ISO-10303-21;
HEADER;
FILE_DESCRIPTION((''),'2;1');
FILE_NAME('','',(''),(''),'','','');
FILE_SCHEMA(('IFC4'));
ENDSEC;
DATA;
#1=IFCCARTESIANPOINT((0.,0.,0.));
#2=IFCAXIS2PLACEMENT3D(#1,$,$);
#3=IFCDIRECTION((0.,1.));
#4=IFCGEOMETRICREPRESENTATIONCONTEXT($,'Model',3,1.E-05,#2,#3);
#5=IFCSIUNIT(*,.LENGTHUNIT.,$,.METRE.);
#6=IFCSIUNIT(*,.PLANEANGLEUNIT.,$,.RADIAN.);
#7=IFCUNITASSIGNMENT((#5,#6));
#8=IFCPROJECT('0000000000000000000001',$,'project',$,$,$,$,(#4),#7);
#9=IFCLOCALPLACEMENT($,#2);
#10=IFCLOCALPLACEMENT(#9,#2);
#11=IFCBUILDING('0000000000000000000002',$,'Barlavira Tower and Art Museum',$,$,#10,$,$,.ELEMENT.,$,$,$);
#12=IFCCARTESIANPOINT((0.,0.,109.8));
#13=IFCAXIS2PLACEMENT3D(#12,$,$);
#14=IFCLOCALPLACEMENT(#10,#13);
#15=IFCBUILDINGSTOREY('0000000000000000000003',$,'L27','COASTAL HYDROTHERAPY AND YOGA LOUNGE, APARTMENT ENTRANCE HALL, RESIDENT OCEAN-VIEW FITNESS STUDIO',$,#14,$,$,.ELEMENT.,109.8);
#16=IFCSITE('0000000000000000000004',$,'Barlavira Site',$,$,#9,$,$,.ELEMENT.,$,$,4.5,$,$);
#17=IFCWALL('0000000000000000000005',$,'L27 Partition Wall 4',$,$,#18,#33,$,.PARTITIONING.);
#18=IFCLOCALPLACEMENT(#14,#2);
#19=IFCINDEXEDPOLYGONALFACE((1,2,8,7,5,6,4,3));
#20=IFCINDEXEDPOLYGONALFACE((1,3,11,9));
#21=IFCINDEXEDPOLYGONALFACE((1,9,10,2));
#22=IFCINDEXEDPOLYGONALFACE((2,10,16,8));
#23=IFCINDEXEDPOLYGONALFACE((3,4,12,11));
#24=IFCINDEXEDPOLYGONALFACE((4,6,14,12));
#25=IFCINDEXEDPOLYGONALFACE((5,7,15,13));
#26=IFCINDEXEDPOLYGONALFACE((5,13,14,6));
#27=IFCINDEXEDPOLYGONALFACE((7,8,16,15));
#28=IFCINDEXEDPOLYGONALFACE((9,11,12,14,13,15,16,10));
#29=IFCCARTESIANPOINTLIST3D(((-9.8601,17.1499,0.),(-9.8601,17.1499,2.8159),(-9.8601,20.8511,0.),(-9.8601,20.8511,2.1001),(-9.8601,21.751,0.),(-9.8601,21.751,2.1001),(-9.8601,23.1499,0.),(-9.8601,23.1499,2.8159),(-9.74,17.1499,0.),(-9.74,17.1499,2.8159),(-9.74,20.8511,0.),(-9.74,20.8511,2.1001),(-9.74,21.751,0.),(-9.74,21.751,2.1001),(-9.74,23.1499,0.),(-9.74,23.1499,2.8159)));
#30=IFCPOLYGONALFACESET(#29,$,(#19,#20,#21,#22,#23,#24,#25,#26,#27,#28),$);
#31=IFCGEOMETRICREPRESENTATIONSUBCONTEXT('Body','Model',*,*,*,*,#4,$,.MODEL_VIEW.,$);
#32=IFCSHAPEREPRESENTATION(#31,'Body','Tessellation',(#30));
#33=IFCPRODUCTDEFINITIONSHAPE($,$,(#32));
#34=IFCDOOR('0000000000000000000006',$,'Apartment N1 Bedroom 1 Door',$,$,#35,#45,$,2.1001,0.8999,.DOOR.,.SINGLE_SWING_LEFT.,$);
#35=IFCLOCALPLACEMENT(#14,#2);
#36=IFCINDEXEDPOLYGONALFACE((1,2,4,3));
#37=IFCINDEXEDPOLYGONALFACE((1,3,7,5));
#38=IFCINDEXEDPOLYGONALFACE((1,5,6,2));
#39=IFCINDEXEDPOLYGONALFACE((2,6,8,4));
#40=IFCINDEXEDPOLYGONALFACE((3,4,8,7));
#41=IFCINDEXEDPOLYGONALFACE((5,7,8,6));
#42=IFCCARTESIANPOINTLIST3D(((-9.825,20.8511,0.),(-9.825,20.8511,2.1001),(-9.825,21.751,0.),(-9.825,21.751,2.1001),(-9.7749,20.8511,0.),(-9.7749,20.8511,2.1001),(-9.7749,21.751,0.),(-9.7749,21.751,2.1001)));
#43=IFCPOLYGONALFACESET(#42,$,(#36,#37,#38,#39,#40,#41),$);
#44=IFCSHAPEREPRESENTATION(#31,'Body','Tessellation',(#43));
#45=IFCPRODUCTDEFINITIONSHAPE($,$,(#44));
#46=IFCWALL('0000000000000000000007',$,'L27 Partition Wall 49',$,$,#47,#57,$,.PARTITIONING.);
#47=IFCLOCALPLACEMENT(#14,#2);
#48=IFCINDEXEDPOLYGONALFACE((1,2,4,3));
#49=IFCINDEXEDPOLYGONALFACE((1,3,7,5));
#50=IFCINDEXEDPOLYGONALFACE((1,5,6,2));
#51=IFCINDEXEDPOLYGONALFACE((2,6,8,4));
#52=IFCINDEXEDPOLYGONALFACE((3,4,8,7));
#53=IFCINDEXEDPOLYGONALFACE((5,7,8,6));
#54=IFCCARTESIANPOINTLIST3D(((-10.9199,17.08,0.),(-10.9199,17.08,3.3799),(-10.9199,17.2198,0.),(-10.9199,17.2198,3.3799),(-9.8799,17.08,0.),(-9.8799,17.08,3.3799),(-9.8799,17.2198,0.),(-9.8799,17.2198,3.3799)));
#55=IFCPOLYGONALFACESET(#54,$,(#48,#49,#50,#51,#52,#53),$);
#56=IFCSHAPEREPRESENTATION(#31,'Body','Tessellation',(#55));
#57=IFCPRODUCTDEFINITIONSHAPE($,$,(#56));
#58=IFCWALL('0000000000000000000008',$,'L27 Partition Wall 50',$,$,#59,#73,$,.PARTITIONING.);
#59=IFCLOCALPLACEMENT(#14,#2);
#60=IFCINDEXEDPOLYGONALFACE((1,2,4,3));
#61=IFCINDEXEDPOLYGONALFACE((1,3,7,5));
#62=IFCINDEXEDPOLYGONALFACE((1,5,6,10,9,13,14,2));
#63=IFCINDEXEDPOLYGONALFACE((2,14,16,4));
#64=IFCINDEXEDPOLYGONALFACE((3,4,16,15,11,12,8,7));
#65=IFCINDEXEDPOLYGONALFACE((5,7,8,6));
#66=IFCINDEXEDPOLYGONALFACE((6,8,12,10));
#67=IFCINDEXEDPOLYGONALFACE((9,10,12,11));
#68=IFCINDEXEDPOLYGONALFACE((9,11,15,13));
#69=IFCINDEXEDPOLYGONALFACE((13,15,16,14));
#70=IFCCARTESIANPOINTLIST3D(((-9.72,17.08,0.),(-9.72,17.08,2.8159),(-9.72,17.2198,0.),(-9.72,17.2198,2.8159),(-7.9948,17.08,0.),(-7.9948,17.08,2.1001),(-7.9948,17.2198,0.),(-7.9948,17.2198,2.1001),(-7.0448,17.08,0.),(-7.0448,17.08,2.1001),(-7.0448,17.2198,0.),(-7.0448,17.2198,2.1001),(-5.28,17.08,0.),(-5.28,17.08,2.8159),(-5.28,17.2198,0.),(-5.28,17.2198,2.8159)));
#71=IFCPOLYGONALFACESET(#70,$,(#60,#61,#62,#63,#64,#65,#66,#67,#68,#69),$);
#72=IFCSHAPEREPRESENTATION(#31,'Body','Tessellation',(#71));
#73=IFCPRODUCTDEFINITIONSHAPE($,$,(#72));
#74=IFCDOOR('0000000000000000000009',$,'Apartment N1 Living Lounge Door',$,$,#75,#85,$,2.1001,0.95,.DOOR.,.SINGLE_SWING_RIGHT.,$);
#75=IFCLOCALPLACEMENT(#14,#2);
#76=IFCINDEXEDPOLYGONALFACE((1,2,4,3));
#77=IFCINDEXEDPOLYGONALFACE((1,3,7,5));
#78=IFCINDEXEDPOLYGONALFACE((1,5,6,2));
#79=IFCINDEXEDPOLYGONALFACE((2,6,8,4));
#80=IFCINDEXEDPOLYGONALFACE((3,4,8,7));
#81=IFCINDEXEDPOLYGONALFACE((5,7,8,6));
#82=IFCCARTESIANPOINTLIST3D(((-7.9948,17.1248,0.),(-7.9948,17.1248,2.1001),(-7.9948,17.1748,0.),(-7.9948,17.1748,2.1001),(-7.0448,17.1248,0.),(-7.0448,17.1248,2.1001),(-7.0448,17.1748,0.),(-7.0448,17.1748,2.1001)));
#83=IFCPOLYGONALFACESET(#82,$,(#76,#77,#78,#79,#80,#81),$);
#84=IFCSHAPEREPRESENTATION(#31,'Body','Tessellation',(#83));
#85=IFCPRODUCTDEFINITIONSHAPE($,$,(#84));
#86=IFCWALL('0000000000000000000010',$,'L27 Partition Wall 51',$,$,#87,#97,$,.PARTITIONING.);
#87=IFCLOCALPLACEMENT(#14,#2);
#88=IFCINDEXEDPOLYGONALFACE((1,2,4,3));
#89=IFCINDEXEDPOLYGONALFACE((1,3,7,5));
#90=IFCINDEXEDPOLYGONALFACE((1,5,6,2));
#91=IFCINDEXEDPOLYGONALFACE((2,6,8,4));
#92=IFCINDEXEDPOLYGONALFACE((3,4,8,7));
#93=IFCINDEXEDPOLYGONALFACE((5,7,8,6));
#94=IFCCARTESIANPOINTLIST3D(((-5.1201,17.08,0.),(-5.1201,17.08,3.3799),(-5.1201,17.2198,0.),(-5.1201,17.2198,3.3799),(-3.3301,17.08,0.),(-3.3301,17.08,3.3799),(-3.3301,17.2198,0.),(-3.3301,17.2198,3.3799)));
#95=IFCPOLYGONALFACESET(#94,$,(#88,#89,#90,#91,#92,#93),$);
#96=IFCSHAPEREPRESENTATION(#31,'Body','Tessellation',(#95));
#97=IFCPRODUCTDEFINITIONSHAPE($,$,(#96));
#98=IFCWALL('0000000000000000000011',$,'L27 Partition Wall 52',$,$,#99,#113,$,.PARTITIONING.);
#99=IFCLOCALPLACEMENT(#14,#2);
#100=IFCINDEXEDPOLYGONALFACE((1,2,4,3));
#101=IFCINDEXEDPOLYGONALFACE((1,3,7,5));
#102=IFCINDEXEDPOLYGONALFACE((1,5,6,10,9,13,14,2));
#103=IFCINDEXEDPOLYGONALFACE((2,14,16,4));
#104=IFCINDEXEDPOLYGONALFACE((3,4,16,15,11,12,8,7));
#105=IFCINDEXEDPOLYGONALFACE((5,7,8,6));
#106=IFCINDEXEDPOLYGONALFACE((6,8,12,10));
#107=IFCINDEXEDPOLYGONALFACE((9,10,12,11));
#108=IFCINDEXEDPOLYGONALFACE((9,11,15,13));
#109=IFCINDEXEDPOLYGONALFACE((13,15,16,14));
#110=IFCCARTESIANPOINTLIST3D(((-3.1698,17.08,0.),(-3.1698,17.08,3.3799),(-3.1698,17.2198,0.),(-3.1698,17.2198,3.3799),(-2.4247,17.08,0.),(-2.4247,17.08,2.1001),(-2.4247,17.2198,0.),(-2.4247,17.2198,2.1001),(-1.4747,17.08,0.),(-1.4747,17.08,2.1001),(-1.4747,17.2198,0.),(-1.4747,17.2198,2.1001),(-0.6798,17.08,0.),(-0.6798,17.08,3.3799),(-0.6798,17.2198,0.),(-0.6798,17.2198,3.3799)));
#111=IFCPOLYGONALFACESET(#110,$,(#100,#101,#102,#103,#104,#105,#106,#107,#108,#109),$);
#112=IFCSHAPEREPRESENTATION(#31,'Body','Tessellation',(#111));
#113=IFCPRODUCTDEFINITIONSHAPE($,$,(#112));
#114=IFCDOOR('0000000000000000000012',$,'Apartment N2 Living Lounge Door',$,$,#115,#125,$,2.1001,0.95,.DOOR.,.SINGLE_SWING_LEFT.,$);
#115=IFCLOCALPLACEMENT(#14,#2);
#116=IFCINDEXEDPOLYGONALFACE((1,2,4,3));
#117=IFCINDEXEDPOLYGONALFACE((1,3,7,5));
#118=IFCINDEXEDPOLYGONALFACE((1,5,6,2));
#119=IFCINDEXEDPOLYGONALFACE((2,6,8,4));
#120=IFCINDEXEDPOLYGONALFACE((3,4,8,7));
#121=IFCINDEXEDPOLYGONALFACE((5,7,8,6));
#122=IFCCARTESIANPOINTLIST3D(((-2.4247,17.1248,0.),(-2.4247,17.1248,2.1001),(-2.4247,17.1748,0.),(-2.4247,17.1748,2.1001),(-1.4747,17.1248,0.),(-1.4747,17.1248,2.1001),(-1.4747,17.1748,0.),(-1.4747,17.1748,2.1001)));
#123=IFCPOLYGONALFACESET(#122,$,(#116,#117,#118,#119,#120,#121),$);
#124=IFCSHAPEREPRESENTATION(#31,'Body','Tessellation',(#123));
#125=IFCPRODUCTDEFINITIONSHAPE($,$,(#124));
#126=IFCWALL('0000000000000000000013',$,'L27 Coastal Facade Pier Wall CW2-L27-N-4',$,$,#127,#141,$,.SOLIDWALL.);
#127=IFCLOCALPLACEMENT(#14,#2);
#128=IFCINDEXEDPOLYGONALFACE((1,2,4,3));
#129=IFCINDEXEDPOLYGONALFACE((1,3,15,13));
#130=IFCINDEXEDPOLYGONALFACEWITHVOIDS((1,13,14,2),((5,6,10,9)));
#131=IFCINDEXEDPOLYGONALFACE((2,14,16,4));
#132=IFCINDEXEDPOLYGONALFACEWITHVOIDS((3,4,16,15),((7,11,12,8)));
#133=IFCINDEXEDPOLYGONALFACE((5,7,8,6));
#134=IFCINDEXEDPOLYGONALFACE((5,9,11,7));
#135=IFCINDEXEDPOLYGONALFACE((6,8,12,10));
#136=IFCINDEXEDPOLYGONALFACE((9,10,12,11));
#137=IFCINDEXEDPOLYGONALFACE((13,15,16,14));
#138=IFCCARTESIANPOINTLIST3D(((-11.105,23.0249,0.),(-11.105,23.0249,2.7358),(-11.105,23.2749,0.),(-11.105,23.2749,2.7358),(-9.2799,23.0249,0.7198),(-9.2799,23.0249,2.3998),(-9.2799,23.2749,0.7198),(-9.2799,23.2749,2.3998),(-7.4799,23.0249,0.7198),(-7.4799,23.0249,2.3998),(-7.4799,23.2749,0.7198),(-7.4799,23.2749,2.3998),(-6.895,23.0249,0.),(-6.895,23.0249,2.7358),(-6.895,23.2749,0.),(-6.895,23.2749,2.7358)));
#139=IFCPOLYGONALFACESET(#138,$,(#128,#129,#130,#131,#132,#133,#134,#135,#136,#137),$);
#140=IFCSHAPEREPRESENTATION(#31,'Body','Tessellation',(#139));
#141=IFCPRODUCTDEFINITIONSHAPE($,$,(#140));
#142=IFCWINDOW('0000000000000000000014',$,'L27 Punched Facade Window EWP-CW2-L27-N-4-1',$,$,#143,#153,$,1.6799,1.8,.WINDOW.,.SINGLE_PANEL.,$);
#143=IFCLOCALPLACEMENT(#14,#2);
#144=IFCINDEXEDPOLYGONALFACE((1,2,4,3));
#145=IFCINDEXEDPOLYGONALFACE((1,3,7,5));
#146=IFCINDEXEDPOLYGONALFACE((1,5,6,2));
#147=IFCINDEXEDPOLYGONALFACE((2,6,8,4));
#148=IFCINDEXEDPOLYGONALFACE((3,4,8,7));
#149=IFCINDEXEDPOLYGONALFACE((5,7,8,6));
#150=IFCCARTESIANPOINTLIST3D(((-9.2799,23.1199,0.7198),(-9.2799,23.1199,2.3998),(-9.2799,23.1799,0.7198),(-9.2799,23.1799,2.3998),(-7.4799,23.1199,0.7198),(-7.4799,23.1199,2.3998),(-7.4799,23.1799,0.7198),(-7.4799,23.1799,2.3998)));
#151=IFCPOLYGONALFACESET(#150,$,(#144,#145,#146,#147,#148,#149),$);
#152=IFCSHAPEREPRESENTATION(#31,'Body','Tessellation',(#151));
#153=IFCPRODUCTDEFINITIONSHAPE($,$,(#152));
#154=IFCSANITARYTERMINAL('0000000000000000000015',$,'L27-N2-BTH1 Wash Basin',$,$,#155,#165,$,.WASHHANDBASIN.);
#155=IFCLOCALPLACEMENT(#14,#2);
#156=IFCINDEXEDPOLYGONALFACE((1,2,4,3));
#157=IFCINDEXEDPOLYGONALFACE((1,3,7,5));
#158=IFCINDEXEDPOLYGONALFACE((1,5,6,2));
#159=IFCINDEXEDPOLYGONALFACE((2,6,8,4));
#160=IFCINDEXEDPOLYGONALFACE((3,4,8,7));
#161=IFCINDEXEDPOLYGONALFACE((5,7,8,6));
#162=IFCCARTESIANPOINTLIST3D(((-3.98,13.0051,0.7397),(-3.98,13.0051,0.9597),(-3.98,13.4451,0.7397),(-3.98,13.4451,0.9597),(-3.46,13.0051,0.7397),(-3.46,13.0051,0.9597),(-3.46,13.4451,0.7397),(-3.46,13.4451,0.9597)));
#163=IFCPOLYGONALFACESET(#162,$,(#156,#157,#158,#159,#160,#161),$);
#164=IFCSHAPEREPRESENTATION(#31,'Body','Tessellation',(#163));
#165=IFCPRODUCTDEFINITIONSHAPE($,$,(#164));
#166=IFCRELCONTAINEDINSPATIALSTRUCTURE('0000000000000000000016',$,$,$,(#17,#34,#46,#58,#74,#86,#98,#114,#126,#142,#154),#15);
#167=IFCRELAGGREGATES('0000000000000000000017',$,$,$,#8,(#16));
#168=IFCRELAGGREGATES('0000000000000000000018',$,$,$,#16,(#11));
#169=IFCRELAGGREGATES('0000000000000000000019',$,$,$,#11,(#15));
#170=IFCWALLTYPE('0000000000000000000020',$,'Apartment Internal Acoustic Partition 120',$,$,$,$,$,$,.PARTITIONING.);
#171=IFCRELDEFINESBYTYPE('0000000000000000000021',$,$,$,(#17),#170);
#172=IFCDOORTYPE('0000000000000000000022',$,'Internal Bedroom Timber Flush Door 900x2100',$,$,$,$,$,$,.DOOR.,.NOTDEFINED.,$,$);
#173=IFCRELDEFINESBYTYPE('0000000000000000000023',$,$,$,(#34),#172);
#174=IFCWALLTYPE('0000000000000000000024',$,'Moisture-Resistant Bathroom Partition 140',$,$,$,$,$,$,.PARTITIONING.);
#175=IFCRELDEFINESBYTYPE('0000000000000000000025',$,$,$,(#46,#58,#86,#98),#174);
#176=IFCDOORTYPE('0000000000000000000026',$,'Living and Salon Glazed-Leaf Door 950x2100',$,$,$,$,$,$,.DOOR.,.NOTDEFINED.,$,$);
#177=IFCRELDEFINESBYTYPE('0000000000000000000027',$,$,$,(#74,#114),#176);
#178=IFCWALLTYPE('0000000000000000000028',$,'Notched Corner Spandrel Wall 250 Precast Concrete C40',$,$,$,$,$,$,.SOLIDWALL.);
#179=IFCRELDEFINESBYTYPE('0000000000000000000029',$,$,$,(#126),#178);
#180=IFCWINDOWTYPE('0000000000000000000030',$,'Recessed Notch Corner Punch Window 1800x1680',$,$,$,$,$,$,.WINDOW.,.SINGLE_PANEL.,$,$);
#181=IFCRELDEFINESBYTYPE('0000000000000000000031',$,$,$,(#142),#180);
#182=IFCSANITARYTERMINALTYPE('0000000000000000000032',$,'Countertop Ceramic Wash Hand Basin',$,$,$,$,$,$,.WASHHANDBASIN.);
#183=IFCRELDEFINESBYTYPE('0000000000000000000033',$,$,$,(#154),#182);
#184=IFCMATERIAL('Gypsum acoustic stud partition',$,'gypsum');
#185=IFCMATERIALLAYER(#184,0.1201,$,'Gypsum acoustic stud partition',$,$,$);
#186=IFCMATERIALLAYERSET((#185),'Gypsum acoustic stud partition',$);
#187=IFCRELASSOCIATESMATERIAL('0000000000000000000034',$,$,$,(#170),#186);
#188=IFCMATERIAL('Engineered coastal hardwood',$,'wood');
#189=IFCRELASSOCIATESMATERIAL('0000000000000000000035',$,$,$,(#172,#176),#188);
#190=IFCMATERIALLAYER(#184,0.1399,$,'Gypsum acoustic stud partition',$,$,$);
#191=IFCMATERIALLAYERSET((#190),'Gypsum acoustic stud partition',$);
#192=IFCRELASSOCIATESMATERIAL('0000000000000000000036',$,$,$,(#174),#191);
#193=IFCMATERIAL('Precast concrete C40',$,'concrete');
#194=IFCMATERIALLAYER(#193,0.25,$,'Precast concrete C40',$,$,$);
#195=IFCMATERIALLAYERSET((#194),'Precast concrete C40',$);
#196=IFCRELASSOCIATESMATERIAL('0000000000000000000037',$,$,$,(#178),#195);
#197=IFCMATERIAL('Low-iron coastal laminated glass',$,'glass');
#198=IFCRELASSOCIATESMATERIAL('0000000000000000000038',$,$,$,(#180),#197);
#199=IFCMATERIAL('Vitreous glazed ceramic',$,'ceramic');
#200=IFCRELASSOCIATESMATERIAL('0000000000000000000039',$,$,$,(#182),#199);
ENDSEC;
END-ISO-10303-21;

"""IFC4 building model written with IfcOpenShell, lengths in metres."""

from ifc_helpers import new_model, si_unit, direction, frame, frame_2d, origin, origin_2d, place, context, subcontext, project, spatial, rectangle, extrude, material, layer, layer_set, type_object, element, fill, save


model = new_model("IFC4")

# Units and contexts
model_context = context("Model", 3, precision=1e-05, world=origin(), true_north=direction((0.0, 1.0)))
body_context = subcontext(model_context, "Body", "Model", "MODEL_VIEW")
ifc_project = project(units=[si_unit("LENGTHUNIT", "METRE"), si_unit("PLANEANGLEUNIT", "RADIAN")], contexts=[model_context])

# Site, building, storey
site_placement = place(None, origin())
site = spatial("IfcSite", under=ifc_project, at=site_placement, Name="Barlavira Site", CompositionType="ELEMENT", RefElevation=4.5)
building_placement = place(site_placement, origin())
building = spatial("IfcBuilding", under=site, at=building_placement, Name="Barlavira Tower and Art Museum", CompositionType="ELEMENT")
storey_placement = place(building_placement, frame((0.0, 0.0, 109.8)))
storey = spatial("IfcBuildingStorey", under=building, at=storey_placement, Name="L27", Description="COASTAL HYDROTHERAPY AND YOGA LOUNGE, APARTMENT ENTRANCE HALL, RESIDENT OCEAN-VIEW FITNESS STUDIO", CompositionType="ELEMENT", Elevation=109.8)

# Shared definitions
ifc_material_1 = material(Name="Low-iron coastal laminated glass", Category="glass")

# Wall, opening, door
ifc_material_2 = material(Name="Gypsum acoustic stud partition", Category="gypsum")
ifc_layer_1 = layer(ifc_material_2, 0.1201, Name="Gypsum acoustic stud partition")
ifc_layer_set_1 = layer_set([ifc_layer_1], Name="Gypsum acoustic stud partition")
wall_type_1 = type_object("IfcWallType", Name="Apartment Internal Acoustic Partition 120", PredefinedType="PARTITIONING", material=ifc_layer_set_1)
wall_1_placement = place(storey_placement, frame((-9.8, 17.1499, 0.0), z_axis=(0.0, 0.0, 1.0), x_axis=(0.0, 1.0, 0.0)))
wall_1 = element("IfcWall", 1, at=wall_1_placement, inside=storey, type_object=wall_type_1, Name="L27 Partition Wall 4", PredefinedType="PARTITIONING", context=body_context, shape_type="SweptSolid", body=[
    extrude(rectangle(XDim=6.0, YDim=0.1201, at=frame_2d((3.0, 0.0))), origin(), (0.0, 0.0, 1.0), 2.8159),
])
opening_1_placement = place(wall_1_placement, frame((3.7012, 0.0, 0.0)))
opening_1 = element("IfcOpeningElement", 2, at=opening_1_placement, cuts=wall_1, PredefinedType="OPENING", context=body_context, shape_type="SweptSolid", body=[
    extrude(rectangle(XDim=0.8999, YDim=2.1001, at=frame_2d((0.45, 1.05))), frame((0.0, 0.0701, 0.0), z_axis=(0.0, -1.0, 0.0), x_axis=(1.0, 0.0, 0.0)), (0.0, 0.0, 1.0), 0.1401),
])
ifc_material_3 = material(Name="Engineered coastal hardwood", Category="wood")
door_type_1 = type_object("IfcDoorType", Name="Internal Bedroom Timber Flush Door 900x2100", OperationType="NOTDEFINED", PredefinedType="DOOR", material=ifc_material_3)
door_1_placement = place(opening_1_placement, origin())
door_1 = element("IfcDoor", 3, at=door_1_placement, inside=storey, type_object=door_type_1, Name="Apartment N1 Bedroom 1 Door", OperationType="SINGLE_SWING_LEFT", OverallHeight=2.1001, OverallWidth=0.8999, PredefinedType="DOOR", context=body_context, shape_type="SweptSolid", body=[
    extrude(rectangle(XDim=0.8999, YDim=2.1001, at=frame_2d((0.45, 1.05))), frame((0.0, 0.0249, 0.0), z_axis=(0.0, -1.0, 0.0), x_axis=(1.0, 0.0, 0.0)), (0.0, 0.0, 1.0), 0.05),
])
fill(opening_1, door_1)

# Wall
ifc_layer_2 = layer(ifc_material_2, 0.1399, Name="Gypsum acoustic stud partition")
ifc_layer_set_2 = layer_set([ifc_layer_2], Name="Gypsum acoustic stud partition")
wall_type_2 = type_object("IfcWallType", Name="Moisture-Resistant Bathroom Partition 140", PredefinedType="PARTITIONING", material=ifc_layer_set_2)
wall_2_placement = place(storey_placement, frame((-10.9199, 17.1499, 0.0), z_axis=(0.0, 0.0, 1.0), x_axis=(1.0, 0.0, 0.0)))
element("IfcWall", 4, at=wall_2_placement, inside=storey, type_object=wall_type_2, Name="L27 Partition Wall 49", PredefinedType="PARTITIONING", context=body_context, shape_type="SweptSolid", body=[
    extrude(rectangle(XDim=1.04, YDim=0.1399, at=frame_2d((0.52, 0.0))), origin(), (0.0, 0.0, 1.0), 3.3799),
])

# Wall, opening, door
wall_3_placement = place(storey_placement, frame((-9.72, 17.1499, 0.0), z_axis=(0.0, 0.0, 1.0), x_axis=(1.0, 0.0, 0.0)))
wall_3 = element("IfcWall", 5, at=wall_3_placement, inside=storey, type_object=wall_type_2, Name="L27 Partition Wall 50", PredefinedType="PARTITIONING", context=body_context, shape_type="SweptSolid", body=[
    extrude(rectangle(XDim=4.4399, YDim=0.1399, at=frame_2d((2.22, 0.0))), origin(), (0.0, 0.0, 1.0), 2.8159),
])
opening_2_placement = place(wall_3_placement, frame((1.7251, 0.0, 0.0)))
opening_2 = element("IfcOpeningElement", 6, at=opening_2_placement, cuts=wall_3, PredefinedType="OPENING", context=body_context, shape_type="SweptSolid", body=[
    extrude(rectangle(XDim=0.95, YDim=2.1001, at=frame_2d((0.4751, 1.05))), frame((0.0, 0.0801, 0.0), z_axis=(0.0, -1.0, 0.0), x_axis=(1.0, 0.0, 0.0)), (0.0, 0.0, 1.0), 0.1599),
])
door_type_2 = type_object("IfcDoorType", Name="Living and Salon Glazed-Leaf Door 950x2100", OperationType="NOTDEFINED", PredefinedType="DOOR", material=ifc_material_3)
door_2_placement = place(opening_2_placement, origin())
door_2 = element("IfcDoor", 7, at=door_2_placement, inside=storey, type_object=door_type_2, Name="Apartment N1 Living Lounge Door", OperationType="SINGLE_SWING_RIGHT", OverallHeight=2.1001, OverallWidth=0.95, PredefinedType="DOOR", context=body_context, shape_type="SweptSolid", body=[
    extrude(rectangle(XDim=0.95, YDim=2.1001, at=frame_2d((0.4751, 1.05))), frame((0.0, 0.0249, 0.0), z_axis=(0.0, -1.0, 0.0), x_axis=(1.0, 0.0, 0.0)), (0.0, 0.0, 1.0), 0.05),
])
fill(opening_2, door_2)

# Wall
wall_4_placement = place(storey_placement, frame((-5.1201, 17.1499, 0.0), z_axis=(0.0, 0.0, 1.0), x_axis=(1.0, 0.0, 0.0)))
element("IfcWall", 8, at=wall_4_placement, inside=storey, type_object=wall_type_2, Name="L27 Partition Wall 51", PredefinedType="PARTITIONING", context=body_context, shape_type="SweptSolid", body=[
    extrude(rectangle(XDim=1.79, YDim=0.1399, at=frame_2d((0.895, 0.0))), origin(), (0.0, 0.0, 1.0), 3.3799),
])

# Wall, opening, door
wall_5_placement = place(storey_placement, frame((-3.1699, 17.1499, 0.0), z_axis=(0.0, 0.0, 1.0), x_axis=(1.0, 0.0, 0.0)))
wall_5 = element("IfcWall", 9, at=wall_5_placement, inside=storey, type_object=wall_type_2, Name="L27 Partition Wall 52", PredefinedType="PARTITIONING", context=body_context, shape_type="SweptSolid", body=[
    extrude(rectangle(XDim=2.49, YDim=0.1399, at=frame_2d((1.2451, 0.0))), origin(), (0.0, 0.0, 1.0), 3.3799),
])
opening_3_placement = place(wall_5_placement, frame((0.7451, 0.0, 0.0)))
opening_3 = element("IfcOpeningElement", 10, at=opening_3_placement, cuts=wall_5, PredefinedType="OPENING", context=body_context, shape_type="SweptSolid", body=[
    extrude(rectangle(XDim=0.95, YDim=2.1001, at=frame_2d((0.4751, 1.05))), frame((0.0, 0.0801, 0.0), z_axis=(0.0, -1.0, 0.0), x_axis=(1.0, 0.0, 0.0)), (0.0, 0.0, 1.0), 0.1599),
])
door_3_placement = place(opening_3_placement, origin())
door_3 = element("IfcDoor", 11, at=door_3_placement, inside=storey, type_object=door_type_2, Name="Apartment N2 Living Lounge Door", OperationType="SINGLE_SWING_LEFT", OverallHeight=2.1001, OverallWidth=0.95, PredefinedType="DOOR", context=body_context, shape_type="SweptSolid", body=[
    extrude(rectangle(XDim=0.95, YDim=2.1001, at=frame_2d((0.4751, 1.05))), frame((0.0, 0.0249, 0.0), z_axis=(0.0, -1.0, 0.0), x_axis=(1.0, 0.0, 0.0)), (0.0, 0.0, 1.0), 0.05),
])
fill(opening_3, door_3)

# Wall, opening, window
ifc_material_4 = material(Name="Precast concrete C40", Category="concrete")
ifc_layer_3 = layer(ifc_material_4, 0.25, Name="Precast concrete C40")
ifc_layer_set_3 = layer_set([ifc_layer_3], Name="Precast concrete C40")
wall_type_3 = type_object("IfcWallType", Name="Notched Corner Spandrel Wall 250 Precast Concrete C40", PredefinedType="SOLIDWALL", material=ifc_layer_set_3)
wall_6_placement = place(storey_placement, frame((-6.895, 23.1499, 0.0), z_axis=(0.0, 0.0, 1.0), x_axis=(-1.0, 0.0, 0.0)))
wall_6 = element("IfcWall", 12, at=wall_6_placement, inside=storey, type_object=wall_type_3, Name="L27 Coastal Facade Pier Wall CW2-L27-N-4", PredefinedType="SOLIDWALL", context=body_context, shape_type="SweptSolid", body=[
    extrude(rectangle(XDim=4.21, YDim=0.25, at=frame_2d((2.105, 0.0))), origin(), (0.0, 0.0, 1.0), 2.7358),
])
opening_4_placement = place(wall_6_placement, frame((0.585, 0.0, 0.72)))
opening_4 = element("IfcOpeningElement", 13, at=opening_4_placement, cuts=wall_6, PredefinedType="OPENING", context=body_context, shape_type="SweptSolid", body=[
    extrude(rectangle(XDim=1.8, YDim=1.6799, at=frame_2d((0.8999, 0.8398))), frame((0.0, 0.135, 0.0), z_axis=(0.0, -1.0, 0.0), x_axis=(1.0, 0.0, 0.0)), (0.0, 0.0, 1.0), 0.27),
])
window_type = type_object("IfcWindowType", Name="Recessed Notch Corner Punch Window 1800x1680", PartitioningType="SINGLE_PANEL", PredefinedType="WINDOW", material=ifc_material_1)
window_placement = place(opening_4_placement, origin())
window = element("IfcWindow", 14, at=window_placement, inside=storey, type_object=window_type, Name="L27 Punched Facade Window EWP-CW2-L27-N-4-1", OverallHeight=1.6799, OverallWidth=1.8, PartitioningType="SINGLE_PANEL", PredefinedType="WINDOW", context=body_context, shape_type="SweptSolid", body=[
    extrude(rectangle(XDim=1.8, YDim=1.6799, at=frame_2d((0.8999, 0.8398))), frame((0.0, 0.03, 0.0), z_axis=(0.0, -1.0, 0.0), x_axis=(1.0, 0.0, 0.0)), (0.0, 0.0, 1.0), 0.0601),
])
fill(opening_4, window)

# Sanitary terminal
ifc_material_5 = material(Name="Vitreous glazed ceramic", Category="ceramic")
sanitary_terminal_type_1 = type_object("IfcSanitaryTerminalType", Name="Countertop Ceramic Wash Hand Basin", PredefinedType="WASHHANDBASIN", material=ifc_material_5)
sanitary_terminal_1_placement = place(storey_placement, frame((-3.72, 13.2251, 0.7397), z_axis=(0.0, 0.0, 1.0), x_axis=(1.0, 0.0, 0.0)))
element("IfcSanitaryTerminal", 15, at=sanitary_terminal_1_placement, inside=storey, type_object=sanitary_terminal_type_1, Name="L27-N2-BTH1 Wash Basin", PredefinedType="WASHHANDBASIN", context=body_context, shape_type="SweptSolid", body=[
    extrude(rectangle(XDim=0.52, YDim=0.4399, at=origin_2d()), origin(), (0.0, 0.0, 1.0), 0.22),
])

save(model, "model.ifc")
